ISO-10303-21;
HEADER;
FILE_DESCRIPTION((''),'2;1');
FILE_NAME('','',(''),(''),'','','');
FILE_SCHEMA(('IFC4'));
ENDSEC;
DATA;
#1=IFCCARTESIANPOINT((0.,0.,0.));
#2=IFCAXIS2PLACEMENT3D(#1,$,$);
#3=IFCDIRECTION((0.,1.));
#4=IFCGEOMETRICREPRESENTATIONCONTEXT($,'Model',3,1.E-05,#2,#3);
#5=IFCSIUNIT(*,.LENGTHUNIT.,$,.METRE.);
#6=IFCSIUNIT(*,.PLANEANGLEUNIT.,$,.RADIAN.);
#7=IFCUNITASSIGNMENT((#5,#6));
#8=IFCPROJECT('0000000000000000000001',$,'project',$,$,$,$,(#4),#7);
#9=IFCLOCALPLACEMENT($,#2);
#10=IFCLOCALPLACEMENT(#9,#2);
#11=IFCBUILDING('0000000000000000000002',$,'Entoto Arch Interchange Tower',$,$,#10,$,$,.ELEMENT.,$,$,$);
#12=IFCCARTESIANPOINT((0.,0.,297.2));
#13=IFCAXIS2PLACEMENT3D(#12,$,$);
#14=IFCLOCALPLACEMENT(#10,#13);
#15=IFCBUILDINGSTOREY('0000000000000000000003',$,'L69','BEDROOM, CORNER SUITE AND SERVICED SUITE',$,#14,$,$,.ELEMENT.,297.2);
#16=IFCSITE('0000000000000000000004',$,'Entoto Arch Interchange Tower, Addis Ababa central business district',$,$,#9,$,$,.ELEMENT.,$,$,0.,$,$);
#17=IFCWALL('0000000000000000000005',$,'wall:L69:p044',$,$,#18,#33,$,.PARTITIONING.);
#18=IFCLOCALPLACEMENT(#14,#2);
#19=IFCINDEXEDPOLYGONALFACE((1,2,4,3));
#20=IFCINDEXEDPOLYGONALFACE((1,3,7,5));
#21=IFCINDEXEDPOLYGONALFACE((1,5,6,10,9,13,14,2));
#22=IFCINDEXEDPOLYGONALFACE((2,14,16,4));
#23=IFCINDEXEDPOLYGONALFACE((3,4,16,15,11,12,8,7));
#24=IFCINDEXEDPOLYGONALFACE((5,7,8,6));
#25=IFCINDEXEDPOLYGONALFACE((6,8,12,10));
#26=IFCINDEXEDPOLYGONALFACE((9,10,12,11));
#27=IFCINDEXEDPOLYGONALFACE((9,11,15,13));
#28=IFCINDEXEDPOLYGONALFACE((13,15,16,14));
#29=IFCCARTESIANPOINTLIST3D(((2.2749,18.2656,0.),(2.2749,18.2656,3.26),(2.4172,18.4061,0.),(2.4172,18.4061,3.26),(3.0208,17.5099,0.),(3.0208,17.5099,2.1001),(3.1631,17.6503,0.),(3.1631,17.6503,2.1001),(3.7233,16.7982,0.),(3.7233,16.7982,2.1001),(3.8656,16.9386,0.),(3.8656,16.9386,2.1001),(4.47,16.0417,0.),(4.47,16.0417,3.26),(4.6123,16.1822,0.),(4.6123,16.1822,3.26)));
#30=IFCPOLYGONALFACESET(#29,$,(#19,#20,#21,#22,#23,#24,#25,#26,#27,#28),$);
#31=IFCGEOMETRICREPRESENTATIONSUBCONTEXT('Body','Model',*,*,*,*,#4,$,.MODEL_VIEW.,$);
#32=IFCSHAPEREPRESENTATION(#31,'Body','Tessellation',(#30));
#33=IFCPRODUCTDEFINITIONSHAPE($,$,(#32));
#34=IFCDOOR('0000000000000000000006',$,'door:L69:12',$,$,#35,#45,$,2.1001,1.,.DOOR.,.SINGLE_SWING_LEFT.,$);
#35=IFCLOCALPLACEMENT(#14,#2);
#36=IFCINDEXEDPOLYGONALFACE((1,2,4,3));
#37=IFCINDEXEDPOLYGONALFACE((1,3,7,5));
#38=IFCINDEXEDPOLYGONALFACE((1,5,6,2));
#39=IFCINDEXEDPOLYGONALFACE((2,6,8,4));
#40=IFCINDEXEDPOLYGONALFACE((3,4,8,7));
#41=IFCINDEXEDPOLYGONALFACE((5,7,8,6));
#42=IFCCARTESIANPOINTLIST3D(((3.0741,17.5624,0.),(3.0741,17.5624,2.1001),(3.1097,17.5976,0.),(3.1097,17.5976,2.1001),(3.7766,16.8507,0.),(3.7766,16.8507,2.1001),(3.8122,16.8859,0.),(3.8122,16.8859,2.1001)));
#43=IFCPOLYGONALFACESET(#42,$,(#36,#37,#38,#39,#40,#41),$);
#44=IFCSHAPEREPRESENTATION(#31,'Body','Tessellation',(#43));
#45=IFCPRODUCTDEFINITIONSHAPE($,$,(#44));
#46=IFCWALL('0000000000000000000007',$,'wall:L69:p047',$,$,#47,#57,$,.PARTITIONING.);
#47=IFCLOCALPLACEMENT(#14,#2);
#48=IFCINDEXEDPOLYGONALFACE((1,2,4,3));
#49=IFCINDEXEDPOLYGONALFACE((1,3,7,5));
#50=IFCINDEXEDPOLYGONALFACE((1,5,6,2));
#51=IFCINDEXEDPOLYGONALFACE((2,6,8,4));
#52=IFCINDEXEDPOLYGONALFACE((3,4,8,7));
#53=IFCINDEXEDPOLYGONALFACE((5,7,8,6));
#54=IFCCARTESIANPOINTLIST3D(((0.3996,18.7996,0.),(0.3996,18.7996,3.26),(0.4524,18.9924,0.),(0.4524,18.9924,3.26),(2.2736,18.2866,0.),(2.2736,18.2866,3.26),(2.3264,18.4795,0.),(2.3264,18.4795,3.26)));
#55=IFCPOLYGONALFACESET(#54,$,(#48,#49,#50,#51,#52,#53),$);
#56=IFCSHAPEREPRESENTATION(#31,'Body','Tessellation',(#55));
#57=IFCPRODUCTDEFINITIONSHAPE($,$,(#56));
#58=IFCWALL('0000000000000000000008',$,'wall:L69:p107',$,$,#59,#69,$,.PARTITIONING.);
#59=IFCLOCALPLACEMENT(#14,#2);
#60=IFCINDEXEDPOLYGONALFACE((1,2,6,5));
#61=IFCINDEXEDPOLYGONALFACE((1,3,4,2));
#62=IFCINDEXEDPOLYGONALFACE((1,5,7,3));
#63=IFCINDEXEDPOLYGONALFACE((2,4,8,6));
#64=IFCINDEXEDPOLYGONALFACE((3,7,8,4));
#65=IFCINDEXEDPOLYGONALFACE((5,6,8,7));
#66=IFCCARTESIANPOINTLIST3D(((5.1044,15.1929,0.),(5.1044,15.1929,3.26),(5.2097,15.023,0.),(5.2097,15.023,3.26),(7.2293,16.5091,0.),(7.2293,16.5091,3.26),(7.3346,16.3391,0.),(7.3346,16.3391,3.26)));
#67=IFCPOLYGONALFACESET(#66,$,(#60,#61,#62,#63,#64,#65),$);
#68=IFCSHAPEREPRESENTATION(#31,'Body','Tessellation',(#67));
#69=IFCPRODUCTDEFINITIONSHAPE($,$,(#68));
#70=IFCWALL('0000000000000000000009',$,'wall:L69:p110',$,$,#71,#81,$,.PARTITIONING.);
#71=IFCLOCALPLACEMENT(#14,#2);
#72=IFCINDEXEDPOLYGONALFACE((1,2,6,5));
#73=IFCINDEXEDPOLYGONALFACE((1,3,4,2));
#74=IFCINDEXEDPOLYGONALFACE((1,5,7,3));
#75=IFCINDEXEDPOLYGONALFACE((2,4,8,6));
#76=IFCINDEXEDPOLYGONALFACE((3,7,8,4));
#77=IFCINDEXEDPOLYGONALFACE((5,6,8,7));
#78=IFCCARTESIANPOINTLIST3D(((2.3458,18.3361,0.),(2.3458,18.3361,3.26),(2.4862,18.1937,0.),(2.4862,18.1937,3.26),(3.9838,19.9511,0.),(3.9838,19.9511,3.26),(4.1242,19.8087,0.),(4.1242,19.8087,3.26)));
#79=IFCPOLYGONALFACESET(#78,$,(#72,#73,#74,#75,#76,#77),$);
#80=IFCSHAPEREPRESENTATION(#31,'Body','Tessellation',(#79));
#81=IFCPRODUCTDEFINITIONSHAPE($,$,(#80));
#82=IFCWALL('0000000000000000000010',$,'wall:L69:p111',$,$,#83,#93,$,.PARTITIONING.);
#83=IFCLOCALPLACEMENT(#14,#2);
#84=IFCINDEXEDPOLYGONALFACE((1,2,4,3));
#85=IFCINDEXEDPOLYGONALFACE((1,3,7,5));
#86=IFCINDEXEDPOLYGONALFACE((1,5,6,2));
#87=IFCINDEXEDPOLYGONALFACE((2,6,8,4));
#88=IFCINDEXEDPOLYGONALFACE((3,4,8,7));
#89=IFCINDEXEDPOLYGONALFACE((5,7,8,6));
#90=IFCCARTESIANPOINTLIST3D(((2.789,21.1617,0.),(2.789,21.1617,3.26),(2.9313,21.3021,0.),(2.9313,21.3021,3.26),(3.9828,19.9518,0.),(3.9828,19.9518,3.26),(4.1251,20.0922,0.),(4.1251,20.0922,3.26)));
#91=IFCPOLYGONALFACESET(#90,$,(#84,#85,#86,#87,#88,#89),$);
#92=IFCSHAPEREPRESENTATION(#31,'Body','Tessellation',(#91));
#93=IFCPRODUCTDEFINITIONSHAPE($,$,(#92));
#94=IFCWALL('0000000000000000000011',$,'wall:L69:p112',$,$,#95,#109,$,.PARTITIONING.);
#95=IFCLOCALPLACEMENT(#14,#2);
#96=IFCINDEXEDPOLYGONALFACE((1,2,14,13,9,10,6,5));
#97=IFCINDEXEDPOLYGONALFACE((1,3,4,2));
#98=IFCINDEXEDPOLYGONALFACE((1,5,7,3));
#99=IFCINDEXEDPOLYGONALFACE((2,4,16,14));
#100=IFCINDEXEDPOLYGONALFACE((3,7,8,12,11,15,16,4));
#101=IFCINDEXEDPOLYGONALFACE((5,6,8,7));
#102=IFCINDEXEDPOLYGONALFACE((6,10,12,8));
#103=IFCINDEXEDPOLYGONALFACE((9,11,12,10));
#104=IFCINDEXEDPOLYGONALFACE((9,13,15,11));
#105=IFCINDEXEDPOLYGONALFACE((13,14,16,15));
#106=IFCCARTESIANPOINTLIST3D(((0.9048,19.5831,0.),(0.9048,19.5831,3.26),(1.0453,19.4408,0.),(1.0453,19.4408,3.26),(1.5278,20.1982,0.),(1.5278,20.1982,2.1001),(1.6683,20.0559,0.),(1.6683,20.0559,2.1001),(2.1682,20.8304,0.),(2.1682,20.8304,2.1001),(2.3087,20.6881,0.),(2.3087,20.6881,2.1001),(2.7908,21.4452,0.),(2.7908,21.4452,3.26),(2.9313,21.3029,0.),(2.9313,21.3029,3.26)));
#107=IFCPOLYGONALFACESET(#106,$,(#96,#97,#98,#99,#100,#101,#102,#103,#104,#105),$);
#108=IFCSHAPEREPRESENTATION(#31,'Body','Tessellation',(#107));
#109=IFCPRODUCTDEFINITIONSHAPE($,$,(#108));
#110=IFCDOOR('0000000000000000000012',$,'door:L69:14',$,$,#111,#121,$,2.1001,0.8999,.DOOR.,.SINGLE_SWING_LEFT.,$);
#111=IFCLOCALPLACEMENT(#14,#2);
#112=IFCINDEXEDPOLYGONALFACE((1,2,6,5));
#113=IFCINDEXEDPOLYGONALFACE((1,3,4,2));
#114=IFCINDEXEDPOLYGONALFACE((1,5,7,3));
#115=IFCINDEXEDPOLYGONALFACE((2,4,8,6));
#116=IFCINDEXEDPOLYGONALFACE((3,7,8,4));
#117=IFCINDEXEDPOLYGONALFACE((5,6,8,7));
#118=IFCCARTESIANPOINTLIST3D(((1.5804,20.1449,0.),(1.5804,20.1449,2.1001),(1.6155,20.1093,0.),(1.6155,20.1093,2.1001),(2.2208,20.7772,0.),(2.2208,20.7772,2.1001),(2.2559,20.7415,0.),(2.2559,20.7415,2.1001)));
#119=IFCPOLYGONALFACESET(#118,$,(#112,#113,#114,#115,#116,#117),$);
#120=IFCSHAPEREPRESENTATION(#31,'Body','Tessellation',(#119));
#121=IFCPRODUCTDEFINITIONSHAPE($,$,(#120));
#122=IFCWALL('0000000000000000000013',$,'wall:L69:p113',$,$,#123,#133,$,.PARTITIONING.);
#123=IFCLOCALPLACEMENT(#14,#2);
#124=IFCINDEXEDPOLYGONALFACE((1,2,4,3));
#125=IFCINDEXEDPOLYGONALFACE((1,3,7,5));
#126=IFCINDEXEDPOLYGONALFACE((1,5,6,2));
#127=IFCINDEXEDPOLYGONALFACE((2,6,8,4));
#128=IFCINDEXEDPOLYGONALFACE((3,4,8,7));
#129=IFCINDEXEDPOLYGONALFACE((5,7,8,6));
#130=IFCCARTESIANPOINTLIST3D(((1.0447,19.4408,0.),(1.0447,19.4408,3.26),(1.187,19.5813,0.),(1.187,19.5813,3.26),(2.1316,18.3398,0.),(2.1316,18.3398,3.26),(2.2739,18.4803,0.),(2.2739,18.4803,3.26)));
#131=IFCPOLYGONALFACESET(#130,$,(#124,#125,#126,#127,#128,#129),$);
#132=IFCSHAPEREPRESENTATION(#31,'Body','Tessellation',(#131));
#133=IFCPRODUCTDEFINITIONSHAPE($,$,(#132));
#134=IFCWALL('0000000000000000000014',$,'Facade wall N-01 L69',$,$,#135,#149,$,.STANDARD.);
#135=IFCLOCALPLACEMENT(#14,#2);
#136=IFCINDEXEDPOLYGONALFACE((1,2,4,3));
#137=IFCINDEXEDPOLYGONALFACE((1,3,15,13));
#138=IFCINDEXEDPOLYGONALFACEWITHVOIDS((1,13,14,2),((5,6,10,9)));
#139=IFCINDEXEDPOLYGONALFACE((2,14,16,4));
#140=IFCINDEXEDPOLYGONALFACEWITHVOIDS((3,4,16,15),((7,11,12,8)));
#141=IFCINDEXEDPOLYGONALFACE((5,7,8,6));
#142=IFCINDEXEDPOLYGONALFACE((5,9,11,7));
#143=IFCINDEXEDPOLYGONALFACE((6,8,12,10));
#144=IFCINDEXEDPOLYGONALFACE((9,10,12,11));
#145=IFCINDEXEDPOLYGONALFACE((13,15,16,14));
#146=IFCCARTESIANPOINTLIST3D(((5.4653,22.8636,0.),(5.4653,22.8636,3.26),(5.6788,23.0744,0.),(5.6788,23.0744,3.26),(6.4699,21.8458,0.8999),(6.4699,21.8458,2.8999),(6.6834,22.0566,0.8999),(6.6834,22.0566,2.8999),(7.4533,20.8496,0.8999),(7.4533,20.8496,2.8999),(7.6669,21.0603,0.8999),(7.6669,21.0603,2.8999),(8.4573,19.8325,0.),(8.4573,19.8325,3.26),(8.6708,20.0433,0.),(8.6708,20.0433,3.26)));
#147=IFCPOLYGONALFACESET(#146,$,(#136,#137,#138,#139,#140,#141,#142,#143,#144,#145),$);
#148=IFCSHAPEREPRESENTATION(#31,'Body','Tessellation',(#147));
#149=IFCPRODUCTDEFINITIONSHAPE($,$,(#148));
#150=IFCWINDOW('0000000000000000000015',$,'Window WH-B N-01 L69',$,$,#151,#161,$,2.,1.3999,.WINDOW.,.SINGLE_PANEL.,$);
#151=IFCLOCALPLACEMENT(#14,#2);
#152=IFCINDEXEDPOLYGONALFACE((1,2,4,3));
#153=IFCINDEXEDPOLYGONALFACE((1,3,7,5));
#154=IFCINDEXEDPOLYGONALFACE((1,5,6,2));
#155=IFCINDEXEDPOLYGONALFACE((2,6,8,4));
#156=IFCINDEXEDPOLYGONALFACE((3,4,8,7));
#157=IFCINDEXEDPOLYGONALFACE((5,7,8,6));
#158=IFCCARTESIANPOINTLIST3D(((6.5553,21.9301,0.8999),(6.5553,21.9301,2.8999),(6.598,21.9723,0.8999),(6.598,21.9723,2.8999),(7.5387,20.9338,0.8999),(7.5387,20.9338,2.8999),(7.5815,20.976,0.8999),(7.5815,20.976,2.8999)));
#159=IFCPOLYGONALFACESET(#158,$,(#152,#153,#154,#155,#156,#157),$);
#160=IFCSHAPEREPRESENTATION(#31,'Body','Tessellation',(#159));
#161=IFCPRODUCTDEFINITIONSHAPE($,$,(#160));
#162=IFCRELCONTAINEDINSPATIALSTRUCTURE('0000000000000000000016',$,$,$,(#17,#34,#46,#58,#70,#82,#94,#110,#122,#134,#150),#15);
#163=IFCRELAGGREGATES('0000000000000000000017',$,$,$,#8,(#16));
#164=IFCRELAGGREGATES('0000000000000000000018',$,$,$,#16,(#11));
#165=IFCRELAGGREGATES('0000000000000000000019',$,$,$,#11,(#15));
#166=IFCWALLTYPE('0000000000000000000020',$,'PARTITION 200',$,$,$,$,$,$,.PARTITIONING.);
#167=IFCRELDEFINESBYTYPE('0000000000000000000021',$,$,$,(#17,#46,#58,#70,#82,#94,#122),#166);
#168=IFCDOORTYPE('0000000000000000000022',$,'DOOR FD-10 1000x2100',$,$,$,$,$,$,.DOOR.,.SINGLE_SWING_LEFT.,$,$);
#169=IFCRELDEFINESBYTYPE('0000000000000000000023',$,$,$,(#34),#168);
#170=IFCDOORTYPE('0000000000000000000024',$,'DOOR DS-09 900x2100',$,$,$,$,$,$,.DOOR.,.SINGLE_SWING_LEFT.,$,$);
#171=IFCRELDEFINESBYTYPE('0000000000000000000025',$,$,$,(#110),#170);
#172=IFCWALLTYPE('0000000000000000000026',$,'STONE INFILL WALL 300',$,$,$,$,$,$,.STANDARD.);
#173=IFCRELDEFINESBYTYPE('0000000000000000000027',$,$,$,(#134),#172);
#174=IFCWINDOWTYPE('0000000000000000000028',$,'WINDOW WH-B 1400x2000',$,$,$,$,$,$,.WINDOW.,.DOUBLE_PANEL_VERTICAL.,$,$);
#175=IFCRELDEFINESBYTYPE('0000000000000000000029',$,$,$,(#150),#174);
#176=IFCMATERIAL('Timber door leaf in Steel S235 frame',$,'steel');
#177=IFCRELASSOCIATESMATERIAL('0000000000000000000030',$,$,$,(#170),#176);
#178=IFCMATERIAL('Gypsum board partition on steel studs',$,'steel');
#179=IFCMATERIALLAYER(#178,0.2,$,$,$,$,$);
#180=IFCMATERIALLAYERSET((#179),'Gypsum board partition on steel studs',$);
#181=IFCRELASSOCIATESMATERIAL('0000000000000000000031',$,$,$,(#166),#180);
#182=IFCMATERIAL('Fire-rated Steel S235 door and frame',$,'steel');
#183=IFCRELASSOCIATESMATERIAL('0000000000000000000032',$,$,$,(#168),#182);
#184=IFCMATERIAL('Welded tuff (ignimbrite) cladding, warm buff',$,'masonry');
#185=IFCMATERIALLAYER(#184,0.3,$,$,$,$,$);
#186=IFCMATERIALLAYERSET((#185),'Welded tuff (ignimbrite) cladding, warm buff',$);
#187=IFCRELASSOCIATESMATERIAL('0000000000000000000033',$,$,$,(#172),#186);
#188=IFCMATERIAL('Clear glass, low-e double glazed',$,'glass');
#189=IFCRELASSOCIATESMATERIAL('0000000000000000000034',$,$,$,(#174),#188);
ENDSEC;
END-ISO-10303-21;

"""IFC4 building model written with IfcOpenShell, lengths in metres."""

from ifc_helpers import new_model, si_unit, direction, frame, frame_2d, origin, place, context, subcontext, project, spatial, rectangle, extrude, material, layer, layer_set, type_object, element, fill, save


model = new_model("IFC4")

# Units and contexts
model_context = context("Model", 3, precision=1e-05, world=origin(), true_north=direction((0.0, 1.0)))
body_context = subcontext(model_context, "Body", "Model", "MODEL_VIEW")
ifc_project = project(units=[si_unit("LENGTHUNIT", "METRE"), si_unit("PLANEANGLEUNIT", "RADIAN")], contexts=[model_context])

# Site, building, storey
site_placement = place(None, origin())
site = spatial("IfcSite", under=ifc_project, at=site_placement, Name="Entoto Arch Interchange Tower, Addis Ababa central business district", CompositionType="ELEMENT", RefElevation=0.0)
building_placement = place(site_placement, origin())
building = spatial("IfcBuilding", under=site, at=building_placement, Name="Entoto Arch Interchange Tower", CompositionType="ELEMENT")
storey_placement = place(building_placement, frame((0.0, 0.0, 297.2)))
storey = spatial("IfcBuildingStorey", under=building, at=storey_placement, Name="L69", Description="BEDROOM, CORNER SUITE AND SERVICED SUITE", CompositionType="ELEMENT", Elevation=297.2)

# Shared definitions
ifc_material_1 = material(Name="Gypsum board partition on steel studs", Category="steel")
ifc_material_2 = material(Name="Timber door leaf in Steel S235 frame", Category="steel")
door_type_1 = type_object("IfcDoorType", Name="DOOR DS-09 900x2100", OperationType="SINGLE_SWING_LEFT", PredefinedType="DOOR", material=ifc_material_2)

# Shared definitions
ifc_layer_1 = layer(ifc_material_1, 0.2)
ifc_layer_set_1 = layer_set([ifc_layer_1], Name="Gypsum board partition on steel studs")
wall_type_1 = type_object("IfcWallType", Name="PARTITION 200", PredefinedType="PARTITIONING", material=ifc_layer_set_1)

# Wall, opening, door
wall_1_placement = place(storey_placement, frame((2.3459, 18.3359, 0.0), z_axis=(0.0, 0.0, 1.0), x_axis=(0.702482, -0.711702, 0.0)))
wall_1 = element("IfcWall", 1, at=wall_1_placement, inside=storey, type_object=wall_type_1, Name="wall:L69:p044", PredefinedType="PARTITIONING", context=body_context, shape_type="SweptSolid", body=[
    extrude(rectangle(XDim=3.1248, YDim=0.2, at=frame_2d((1.5625, 0.0))), origin(), (0.0, 0.0, 1.0), 3.26),
])
opening_1_placement = place(wall_1_placement, frame((1.062, 0.0, 0.0)))
opening_1 = element("IfcOpeningElement", 2, at=opening_1_placement, cuts=wall_1, PredefinedType="OPENING", context=body_context, shape_type="SweptSolid", body=[
    extrude(rectangle(XDim=1.0, YDim=2.1001, at=frame_2d((0.5, 1.05))), frame((0.0, 0.1099, 0.0), z_axis=(0.0, -1.0, 0.0), x_axis=(1.0, 0.0, 0.0)), (0.0, 0.0, 1.0), 0.22),
])
ifc_material_3 = material(Name="Fire-rated Steel S235 door and frame", Category="steel")
door_type_2 = type_object("IfcDoorType", Name="DOOR FD-10 1000x2100", OperationType="SINGLE_SWING_LEFT", PredefinedType="DOOR", material=ifc_material_3)
door_1_placement = place(opening_1_placement, origin())
door_1 = element("IfcDoor", 3, at=door_1_placement, inside=storey, type_object=door_type_2, Name="door:L69:12", OperationType="SINGLE_SWING_LEFT", OverallHeight=2.1001, OverallWidth=1.0, PredefinedType="DOOR", context=body_context, shape_type="SweptSolid", body=[
    extrude(rectangle(XDim=1.0, YDim=2.1001, at=frame_2d((0.5, 1.05))), frame((0.0, 0.0249, 0.0), z_axis=(0.0, -1.0, 0.0), x_axis=(1.0, 0.0, 0.0)), (0.0, 0.0, 1.0), 0.05),
])
fill(opening_1, door_1)

# Walls
wall_2_placement = place(storey_placement, frame((0.426, 18.896, 0.0), z_axis=(0.0, 0.0, 1.0), x_axis=(0.964523, -0.264, 0.0)))
element("IfcWall", 4, at=wall_2_placement, inside=storey, type_object=wall_type_1, Name="wall:L69:p047", PredefinedType="PARTITIONING", context=body_context, shape_type="SweptSolid", body=[
    extrude(rectangle(XDim=1.9429, YDim=0.2, at=frame_2d((0.9714, 0.0))), origin(), (0.0, 0.0, 1.0), 3.26),
])
wall_3_placement = place(storey_placement, frame((7.282, 16.4241, 0.0), z_axis=(0.0, 0.0, 1.0), x_axis=(-0.850142, -0.526553, 0.0)))
element("IfcWall", 5, at=wall_3_placement, inside=storey, type_object=wall_type_1, Name="wall:L69:p107", PredefinedType="PARTITIONING", context=body_context, shape_type="SweptSolid", body=[
    extrude(rectangle(XDim=2.4995, YDim=0.2, at=frame_2d((1.2498, 0.0))), origin(), (0.0, 0.0, 1.0), 3.26),
])
wall_4_placement = place(storey_placement, frame((2.416, 18.2649, 0.0), z_axis=(0.0, 0.0, 1.0), x_axis=(0.712078, 0.702101, 0.0)))
element("IfcWall", 6, at=wall_4_placement, inside=storey, type_object=wall_type_1, Name="wall:L69:p110", PredefinedType="PARTITIONING", context=body_context, shape_type="SweptSolid", body=[
    extrude(rectangle(XDim=2.3003, YDim=0.2, at=frame_2d((1.1501, 0.0))), origin(), (0.0, 0.0, 1.0), 3.26),
])
wall_5_placement = place(storey_placement, frame((4.054, 20.022, 0.0), z_axis=(0.0, 0.0, 1.0), x_axis=(-0.702351, 0.711831, 0.0)))
element("IfcWall", 7, at=wall_5_placement, inside=storey, type_object=wall_type_1, Name="wall:L69:p111", PredefinedType="PARTITIONING", context=body_context, shape_type="SweptSolid", body=[
    extrude(rectangle(XDim=1.6997, YDim=0.2, at=frame_2d((0.8499, 0.0))), origin(), (0.0, 0.0, 1.0), 3.26),
])

# Wall, opening, door
wall_6_placement = place(storey_placement, frame((2.8611, 21.374, 0.0), z_axis=(0.0, 0.0, 1.0), x_axis=(-0.711606, -0.702579, 0.0)))
wall_6 = element("IfcWall", 8, at=wall_6_placement, inside=storey, type_object=wall_type_1, Name="wall:L69:p112", PredefinedType="PARTITIONING", context=body_context, shape_type="SweptSolid", body=[
    extrude(rectangle(XDim=2.6504, YDim=0.2, at=frame_2d((1.3252, 0.0))), origin(), (0.0, 0.0, 1.0), 3.26),
])
opening_2_placement = place(wall_6_placement, frame((0.875, 0.0, 0.0)))
opening_2 = element("IfcOpeningElement", 9, at=opening_2_placement, cuts=wall_6, PredefinedType="OPENING", context=body_context, shape_type="SweptSolid", body=[
    extrude(rectangle(XDim=0.8999, YDim=2.1001, at=frame_2d((0.45, 1.05))), frame((0.0, 0.1099, 0.0), z_axis=(0.0, -1.0, 0.0), x_axis=(1.0, 0.0, 0.0)), (0.0, 0.0, 1.0), 0.22),
])
door_2_placement = place(opening_2_placement, origin())
door_2 = element("IfcDoor", 10, at=door_2_placement, inside=storey, type_object=door_type_1, Name="door:L69:14", OperationType="SINGLE_SWING_LEFT", OverallHeight=2.1001, OverallWidth=0.8999, PredefinedType="DOOR", context=body_context, shape_type="SweptSolid", body=[
    extrude(rectangle(XDim=0.8999, YDim=2.1001, at=frame_2d((0.45, 1.05))), frame((0.0, 0.0249, 0.0), z_axis=(0.0, -1.0, 0.0), x_axis=(1.0, 0.0, 0.0)), (0.0, 0.0, 1.0), 0.05),
])
fill(opening_2, door_2)

# Wall
wall_7_placement = place(storey_placement, frame((1.116, 19.511, 0.0), z_axis=(0.0, 0.0, 1.0), x_axis=(0.702516, -0.711668, 0.0)))
element("IfcWall", 11, at=wall_7_placement, inside=storey, type_object=wall_type_1, Name="wall:L69:p113", PredefinedType="PARTITIONING", context=body_context, shape_type="SweptSolid", body=[
    extrude(rectangle(XDim=1.5471, YDim=0.2, at=frame_2d((0.7734, 0.0))), origin(), (0.0, 0.0, 1.0), 3.26),
])

# Wall, opening, window
ifc_material_4 = material(Name="Welded tuff (ignimbrite) cladding, warm buff", Category="masonry")
ifc_layer_2 = layer(ifc_material_4, 0.3)
ifc_layer_set_2 = layer_set([ifc_layer_2], Name="Welded tuff (ignimbrite) cladding, warm buff")
wall_type_2 = type_object("IfcWallType", Name="STONE INFILL WALL 300", PredefinedType="STANDARD", material=ifc_layer_set_2)
wall_8_placement = place(storey_placement, frame((8.564, 19.938, 0.0), z_axis=(0.0, 0.0, 1.0), x_axis=(-0.702506, 0.711678, 0.0)))
wall_8 = element("IfcWall", 12, at=wall_8_placement, inside=storey, type_object=wall_type_2, Name="Facade wall N-01 L69", PredefinedType="STANDARD", context=body_context, shape_type="SweptSolid", body=[
    extrude(rectangle(XDim=4.259, YDim=0.3, at=frame_2d((2.1294, 0.0))), origin(), (0.0, 0.0, 1.0), 3.26),
])
opening_3_placement = place(wall_8_placement, frame((1.429, 0.0, 0.8999)))
opening_3 = element("IfcOpeningElement", 13, at=opening_3_placement, cuts=wall_8, PredefinedType="OPENING", context=body_context, shape_type="SweptSolid", body=[
    extrude(rectangle(XDim=1.3999, YDim=2.0, at=frame_2d((0.7, 1.0))), frame((0.0, 0.1602, 0.0), z_axis=(0.0, -1.0, 0.0), x_axis=(1.0, 0.0, 0.0)), (0.0, 0.0, 1.0), 0.3201),
])
ifc_material_5 = material(Name="Clear glass, low-e double glazed", Category="glass")
window_type = type_object("IfcWindowType", Name="WINDOW WH-B 1400x2000", PartitioningType="DOUBLE_PANEL_VERTICAL", PredefinedType="WINDOW", material=ifc_material_5)
window_1_placement = place(opening_3_placement, origin())
window_1 = element("IfcWindow", 14, at=window_1_placement, inside=storey, type_object=window_type, Name="Window WH-B N-01 L69", OverallHeight=2.0, OverallWidth=1.3999, PartitioningType="SINGLE_PANEL", PredefinedType="WINDOW", context=body_context, shape_type="SweptSolid", body=[
    extrude(rectangle(XDim=1.3999, YDim=2.0, at=frame_2d((0.7, 1.0))), frame((0.0, 0.03, 0.0), z_axis=(0.0, -1.0, 0.0), x_axis=(1.0, 0.0, 0.0)), (0.0, 0.0, 1.0), 0.0601),
])
fill(opening_3, window_1)

save(model, "model.ifc")
